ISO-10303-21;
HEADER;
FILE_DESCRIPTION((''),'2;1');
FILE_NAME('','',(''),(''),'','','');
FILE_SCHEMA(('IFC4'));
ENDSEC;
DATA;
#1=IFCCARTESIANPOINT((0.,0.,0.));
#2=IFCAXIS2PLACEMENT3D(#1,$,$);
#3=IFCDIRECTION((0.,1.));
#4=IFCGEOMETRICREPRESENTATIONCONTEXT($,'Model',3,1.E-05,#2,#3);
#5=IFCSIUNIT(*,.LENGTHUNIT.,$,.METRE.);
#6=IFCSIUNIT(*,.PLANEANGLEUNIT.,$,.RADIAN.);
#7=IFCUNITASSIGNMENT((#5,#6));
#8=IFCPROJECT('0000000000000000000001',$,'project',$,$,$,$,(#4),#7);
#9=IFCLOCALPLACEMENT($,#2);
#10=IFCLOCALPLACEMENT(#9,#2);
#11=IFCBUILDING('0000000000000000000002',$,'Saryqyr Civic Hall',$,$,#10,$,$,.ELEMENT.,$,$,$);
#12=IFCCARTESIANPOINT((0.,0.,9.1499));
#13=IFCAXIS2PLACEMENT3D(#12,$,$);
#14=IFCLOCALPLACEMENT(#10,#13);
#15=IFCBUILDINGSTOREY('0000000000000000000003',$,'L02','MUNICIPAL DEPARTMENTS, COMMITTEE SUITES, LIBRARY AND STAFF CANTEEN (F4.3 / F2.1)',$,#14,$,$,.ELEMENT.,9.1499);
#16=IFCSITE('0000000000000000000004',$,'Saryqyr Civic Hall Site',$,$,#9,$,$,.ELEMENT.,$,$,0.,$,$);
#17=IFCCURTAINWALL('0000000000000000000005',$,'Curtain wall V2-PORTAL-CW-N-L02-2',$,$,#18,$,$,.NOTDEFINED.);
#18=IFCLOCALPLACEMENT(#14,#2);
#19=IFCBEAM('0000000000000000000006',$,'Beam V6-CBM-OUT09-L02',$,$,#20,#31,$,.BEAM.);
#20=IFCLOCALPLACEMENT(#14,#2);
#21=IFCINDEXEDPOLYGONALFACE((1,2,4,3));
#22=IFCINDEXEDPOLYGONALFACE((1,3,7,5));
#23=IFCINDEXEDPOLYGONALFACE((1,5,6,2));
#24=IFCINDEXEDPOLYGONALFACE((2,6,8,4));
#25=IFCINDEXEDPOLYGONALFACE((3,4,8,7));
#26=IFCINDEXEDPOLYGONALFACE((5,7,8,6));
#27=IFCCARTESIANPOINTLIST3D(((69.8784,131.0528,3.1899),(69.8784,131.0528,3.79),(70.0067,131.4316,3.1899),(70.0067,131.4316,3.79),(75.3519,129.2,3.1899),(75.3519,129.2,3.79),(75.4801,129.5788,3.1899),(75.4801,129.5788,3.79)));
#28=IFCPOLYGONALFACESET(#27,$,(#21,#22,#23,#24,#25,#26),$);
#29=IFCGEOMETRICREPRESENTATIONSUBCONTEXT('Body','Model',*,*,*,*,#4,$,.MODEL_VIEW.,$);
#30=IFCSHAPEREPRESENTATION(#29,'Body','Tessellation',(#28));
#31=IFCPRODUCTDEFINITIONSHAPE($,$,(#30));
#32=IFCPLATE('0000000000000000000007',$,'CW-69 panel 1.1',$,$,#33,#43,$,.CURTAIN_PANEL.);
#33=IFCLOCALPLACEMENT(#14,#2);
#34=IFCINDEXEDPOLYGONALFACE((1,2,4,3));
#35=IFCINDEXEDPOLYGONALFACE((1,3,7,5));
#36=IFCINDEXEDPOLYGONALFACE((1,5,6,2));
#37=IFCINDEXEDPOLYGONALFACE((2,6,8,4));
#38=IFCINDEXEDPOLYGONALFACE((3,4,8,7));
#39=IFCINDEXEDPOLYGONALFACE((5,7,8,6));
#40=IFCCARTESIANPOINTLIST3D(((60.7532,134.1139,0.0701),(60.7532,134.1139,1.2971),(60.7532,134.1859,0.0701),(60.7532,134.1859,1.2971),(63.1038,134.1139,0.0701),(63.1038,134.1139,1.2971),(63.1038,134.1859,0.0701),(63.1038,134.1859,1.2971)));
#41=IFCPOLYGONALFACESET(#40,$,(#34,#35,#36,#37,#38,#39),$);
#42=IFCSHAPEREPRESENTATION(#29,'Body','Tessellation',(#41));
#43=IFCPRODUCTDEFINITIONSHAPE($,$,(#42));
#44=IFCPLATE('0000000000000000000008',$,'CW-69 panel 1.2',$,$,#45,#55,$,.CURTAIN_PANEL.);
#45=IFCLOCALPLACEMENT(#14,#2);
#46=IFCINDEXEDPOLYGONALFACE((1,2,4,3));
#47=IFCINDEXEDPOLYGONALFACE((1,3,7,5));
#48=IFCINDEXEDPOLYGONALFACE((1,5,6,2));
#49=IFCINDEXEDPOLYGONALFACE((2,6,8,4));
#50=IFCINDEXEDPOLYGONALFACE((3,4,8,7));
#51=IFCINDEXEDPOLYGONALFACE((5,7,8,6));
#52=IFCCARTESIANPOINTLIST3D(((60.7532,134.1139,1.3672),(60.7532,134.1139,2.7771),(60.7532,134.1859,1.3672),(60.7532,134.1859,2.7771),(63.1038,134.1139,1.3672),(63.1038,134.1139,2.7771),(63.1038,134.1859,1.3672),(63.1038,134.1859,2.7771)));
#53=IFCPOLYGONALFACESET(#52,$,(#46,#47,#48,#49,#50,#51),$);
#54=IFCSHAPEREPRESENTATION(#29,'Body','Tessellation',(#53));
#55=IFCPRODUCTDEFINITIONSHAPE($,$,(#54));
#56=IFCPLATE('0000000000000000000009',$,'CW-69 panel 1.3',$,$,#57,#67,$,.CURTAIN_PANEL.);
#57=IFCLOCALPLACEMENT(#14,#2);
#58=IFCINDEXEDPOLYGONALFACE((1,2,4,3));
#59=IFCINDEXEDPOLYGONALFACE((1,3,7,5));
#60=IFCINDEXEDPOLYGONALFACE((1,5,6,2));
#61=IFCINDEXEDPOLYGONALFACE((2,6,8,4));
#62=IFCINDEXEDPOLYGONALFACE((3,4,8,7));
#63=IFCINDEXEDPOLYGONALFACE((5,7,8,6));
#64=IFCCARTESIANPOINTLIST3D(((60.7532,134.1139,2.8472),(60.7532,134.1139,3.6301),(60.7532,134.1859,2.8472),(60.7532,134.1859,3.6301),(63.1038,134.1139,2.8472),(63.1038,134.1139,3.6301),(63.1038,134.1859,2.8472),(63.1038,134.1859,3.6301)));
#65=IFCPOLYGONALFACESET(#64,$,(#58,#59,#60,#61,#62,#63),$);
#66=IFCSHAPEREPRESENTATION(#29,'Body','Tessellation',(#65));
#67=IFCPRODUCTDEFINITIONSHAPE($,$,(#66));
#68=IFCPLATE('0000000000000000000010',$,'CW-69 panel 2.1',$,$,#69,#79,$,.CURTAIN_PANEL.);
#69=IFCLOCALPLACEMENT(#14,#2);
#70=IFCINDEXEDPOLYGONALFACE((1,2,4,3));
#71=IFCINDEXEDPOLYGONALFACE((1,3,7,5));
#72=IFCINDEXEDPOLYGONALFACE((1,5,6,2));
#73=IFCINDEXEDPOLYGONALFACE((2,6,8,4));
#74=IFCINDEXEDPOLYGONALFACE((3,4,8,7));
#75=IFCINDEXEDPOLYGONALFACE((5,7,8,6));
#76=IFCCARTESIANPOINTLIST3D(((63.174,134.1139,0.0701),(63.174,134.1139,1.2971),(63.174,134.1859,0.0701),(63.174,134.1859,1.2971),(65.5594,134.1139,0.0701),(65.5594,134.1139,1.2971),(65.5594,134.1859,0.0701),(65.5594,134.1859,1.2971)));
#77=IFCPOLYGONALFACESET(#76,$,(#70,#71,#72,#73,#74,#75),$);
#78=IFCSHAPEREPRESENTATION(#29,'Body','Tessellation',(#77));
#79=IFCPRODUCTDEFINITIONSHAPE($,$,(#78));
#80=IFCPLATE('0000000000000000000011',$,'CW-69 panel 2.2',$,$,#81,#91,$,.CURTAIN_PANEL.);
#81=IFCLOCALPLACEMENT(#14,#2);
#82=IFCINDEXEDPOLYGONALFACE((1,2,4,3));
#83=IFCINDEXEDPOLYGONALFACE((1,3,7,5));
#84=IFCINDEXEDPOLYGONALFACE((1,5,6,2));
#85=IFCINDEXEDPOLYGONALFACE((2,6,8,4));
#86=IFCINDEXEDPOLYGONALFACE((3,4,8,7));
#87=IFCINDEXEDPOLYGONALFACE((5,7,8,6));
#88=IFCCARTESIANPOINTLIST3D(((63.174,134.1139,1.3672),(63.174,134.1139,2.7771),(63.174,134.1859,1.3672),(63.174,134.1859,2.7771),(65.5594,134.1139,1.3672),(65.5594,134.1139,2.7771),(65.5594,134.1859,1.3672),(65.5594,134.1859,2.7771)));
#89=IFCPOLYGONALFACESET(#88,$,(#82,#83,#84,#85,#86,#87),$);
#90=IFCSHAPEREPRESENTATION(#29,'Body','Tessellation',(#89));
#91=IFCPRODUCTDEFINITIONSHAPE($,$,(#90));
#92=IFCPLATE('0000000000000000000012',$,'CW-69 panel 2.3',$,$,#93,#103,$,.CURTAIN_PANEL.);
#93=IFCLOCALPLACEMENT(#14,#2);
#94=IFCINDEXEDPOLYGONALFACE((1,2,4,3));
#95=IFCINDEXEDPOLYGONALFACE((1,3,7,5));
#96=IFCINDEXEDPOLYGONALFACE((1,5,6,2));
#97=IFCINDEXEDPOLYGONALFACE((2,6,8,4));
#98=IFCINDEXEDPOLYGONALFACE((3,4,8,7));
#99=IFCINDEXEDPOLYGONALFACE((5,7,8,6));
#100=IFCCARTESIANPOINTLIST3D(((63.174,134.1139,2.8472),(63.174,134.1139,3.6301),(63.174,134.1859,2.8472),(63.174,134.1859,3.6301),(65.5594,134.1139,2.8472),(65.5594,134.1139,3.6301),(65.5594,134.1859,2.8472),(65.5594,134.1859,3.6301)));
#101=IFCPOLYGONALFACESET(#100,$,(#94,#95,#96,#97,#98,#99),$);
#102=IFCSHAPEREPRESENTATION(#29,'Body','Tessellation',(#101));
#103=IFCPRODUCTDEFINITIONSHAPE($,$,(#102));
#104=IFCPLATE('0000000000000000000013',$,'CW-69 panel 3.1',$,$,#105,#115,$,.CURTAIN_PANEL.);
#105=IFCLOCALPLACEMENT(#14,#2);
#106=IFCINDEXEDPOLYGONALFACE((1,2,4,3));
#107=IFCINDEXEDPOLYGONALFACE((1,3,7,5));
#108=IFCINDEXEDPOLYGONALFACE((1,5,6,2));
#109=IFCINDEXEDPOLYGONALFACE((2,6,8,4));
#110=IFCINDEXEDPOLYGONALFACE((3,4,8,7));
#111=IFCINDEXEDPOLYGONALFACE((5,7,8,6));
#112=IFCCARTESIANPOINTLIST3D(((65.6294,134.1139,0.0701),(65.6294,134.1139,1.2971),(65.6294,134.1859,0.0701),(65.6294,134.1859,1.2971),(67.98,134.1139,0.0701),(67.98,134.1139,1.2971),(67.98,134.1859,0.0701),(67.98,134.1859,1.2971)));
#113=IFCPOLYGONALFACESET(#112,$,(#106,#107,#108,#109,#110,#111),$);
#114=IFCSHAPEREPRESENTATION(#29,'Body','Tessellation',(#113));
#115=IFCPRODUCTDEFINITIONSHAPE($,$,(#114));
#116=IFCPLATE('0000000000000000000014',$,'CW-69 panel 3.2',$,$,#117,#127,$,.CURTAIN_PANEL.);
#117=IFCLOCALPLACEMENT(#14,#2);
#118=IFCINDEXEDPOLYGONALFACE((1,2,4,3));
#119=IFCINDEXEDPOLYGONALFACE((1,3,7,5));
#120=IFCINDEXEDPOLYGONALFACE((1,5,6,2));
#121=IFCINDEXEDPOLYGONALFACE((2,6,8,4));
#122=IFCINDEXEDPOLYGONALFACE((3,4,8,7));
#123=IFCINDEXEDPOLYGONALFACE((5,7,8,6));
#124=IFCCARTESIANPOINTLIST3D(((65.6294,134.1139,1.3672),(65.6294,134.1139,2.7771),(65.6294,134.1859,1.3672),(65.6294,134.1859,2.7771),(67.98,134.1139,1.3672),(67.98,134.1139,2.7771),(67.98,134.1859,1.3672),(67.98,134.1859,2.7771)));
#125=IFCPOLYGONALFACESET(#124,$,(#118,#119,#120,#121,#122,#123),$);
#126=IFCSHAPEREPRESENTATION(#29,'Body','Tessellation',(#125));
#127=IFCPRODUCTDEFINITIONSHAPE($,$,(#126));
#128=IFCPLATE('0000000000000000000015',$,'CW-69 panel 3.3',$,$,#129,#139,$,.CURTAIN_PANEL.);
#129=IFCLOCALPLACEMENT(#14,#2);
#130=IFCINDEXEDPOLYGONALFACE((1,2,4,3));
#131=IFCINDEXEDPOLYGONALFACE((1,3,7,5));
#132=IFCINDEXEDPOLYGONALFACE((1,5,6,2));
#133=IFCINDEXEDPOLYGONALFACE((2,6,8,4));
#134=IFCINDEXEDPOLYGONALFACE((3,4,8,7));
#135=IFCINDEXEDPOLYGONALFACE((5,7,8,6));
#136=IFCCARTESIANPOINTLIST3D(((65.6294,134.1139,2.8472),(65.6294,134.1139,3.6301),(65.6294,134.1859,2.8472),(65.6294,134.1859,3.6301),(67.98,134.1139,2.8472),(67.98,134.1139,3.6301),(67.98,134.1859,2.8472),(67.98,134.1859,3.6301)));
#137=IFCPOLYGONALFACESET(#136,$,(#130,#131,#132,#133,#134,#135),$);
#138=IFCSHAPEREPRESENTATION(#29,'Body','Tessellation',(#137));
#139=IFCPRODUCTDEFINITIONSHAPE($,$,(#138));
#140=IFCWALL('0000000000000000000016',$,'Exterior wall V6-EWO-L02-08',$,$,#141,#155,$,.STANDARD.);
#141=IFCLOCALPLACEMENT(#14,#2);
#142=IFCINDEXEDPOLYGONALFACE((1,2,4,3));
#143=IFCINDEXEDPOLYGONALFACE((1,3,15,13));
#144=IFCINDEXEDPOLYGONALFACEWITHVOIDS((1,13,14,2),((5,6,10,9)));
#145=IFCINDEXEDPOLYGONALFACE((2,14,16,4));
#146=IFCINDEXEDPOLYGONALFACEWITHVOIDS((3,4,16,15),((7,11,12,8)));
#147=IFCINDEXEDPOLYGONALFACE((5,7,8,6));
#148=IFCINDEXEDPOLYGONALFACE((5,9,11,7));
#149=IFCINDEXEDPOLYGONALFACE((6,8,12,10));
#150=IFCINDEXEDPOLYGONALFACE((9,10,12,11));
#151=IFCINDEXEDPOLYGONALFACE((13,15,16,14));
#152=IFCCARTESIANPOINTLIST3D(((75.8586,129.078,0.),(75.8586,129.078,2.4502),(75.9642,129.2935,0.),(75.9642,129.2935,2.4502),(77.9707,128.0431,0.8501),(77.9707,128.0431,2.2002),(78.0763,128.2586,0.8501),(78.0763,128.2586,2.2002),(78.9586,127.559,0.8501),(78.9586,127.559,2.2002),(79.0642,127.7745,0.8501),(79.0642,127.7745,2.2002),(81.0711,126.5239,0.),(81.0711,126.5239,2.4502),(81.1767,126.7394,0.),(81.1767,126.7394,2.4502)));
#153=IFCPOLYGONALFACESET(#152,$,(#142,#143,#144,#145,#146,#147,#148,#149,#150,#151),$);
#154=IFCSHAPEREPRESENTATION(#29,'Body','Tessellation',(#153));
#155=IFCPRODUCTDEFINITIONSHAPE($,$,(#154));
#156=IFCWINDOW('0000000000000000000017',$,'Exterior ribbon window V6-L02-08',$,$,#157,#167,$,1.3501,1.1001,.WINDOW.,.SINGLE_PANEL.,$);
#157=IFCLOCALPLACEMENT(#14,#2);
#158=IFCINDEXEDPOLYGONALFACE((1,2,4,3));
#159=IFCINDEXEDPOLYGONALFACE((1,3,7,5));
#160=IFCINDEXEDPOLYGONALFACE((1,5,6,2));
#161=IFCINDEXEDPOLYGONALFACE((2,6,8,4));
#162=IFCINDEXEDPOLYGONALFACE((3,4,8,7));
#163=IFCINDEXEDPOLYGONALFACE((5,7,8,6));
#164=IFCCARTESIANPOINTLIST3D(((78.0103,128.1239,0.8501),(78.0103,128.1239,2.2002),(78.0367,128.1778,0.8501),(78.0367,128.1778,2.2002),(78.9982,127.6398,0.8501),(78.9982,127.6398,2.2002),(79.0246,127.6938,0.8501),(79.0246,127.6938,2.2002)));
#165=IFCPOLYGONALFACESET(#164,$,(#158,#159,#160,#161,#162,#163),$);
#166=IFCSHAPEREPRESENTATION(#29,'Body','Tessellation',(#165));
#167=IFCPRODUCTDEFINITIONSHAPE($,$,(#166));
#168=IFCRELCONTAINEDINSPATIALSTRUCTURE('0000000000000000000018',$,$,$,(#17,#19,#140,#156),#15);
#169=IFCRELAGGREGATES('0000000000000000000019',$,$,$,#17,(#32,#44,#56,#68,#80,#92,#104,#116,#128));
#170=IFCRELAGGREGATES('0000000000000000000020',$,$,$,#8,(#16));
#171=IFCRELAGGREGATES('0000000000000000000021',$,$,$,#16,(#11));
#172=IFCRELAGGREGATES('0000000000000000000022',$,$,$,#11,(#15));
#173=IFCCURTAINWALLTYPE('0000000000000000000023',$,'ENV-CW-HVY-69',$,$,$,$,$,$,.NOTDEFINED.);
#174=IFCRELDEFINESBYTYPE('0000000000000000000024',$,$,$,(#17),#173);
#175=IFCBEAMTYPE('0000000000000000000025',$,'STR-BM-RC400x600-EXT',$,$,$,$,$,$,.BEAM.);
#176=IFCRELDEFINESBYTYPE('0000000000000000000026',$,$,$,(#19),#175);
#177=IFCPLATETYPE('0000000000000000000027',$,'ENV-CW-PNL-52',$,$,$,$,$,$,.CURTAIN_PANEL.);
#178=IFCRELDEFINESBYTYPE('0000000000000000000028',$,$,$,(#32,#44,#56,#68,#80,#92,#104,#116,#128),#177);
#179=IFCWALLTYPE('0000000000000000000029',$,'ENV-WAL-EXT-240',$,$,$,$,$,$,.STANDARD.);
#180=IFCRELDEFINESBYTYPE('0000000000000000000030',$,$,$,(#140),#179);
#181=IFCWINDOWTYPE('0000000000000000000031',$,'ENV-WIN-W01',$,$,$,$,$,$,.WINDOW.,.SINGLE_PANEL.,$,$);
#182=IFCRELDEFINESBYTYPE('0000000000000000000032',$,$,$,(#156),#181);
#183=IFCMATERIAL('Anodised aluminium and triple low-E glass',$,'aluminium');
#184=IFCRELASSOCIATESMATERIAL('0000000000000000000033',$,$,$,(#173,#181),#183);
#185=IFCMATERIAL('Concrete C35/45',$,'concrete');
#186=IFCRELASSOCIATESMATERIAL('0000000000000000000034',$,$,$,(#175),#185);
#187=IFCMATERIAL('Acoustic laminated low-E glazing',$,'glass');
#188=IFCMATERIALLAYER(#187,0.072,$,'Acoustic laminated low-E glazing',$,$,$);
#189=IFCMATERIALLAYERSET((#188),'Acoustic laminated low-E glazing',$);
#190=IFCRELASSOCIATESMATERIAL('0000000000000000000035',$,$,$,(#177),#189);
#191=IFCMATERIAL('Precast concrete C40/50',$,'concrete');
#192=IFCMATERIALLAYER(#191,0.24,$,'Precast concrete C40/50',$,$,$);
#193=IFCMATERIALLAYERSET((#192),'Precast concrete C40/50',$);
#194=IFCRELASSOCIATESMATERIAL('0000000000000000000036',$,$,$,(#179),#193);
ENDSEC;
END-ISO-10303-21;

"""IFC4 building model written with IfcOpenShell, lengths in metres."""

from ifc_helpers import new_model, si_unit, direction, frame, frame_2d, origin, origin_2d, place, context, subcontext, project, spatial, rectangle, extrude, material, layer, layer_set, material_profile, profile_set, type_object, element, fill, aggregate, save


model = new_model("IFC4")

# Units and contexts
model_context = context("Model", 3, precision=1e-05, world=origin(), true_north=direction((0.0, 1.0)))
body_context = subcontext(model_context, "Body", "Model", "MODEL_VIEW")
ifc_project = project(units=[si_unit("LENGTHUNIT", "METRE"), si_unit("PLANEANGLEUNIT", "RADIAN")], contexts=[model_context])

# Site, building, storey
site_placement = place(None, origin())
site = spatial("IfcSite", under=ifc_project, at=site_placement, Name="Saryqyr Civic Hall Site", CompositionType="ELEMENT", RefElevation=0.0)
building_placement = place(site_placement, origin())
building = spatial("IfcBuilding", under=site, at=building_placement, Name="Saryqyr Civic Hall", CompositionType="ELEMENT")
storey_placement = place(building_placement, frame((0.0, 0.0, 9.1499)))
storey = spatial("IfcBuildingStorey", under=building, at=storey_placement, Name="L02", Description="MUNICIPAL DEPARTMENTS, COMMITTEE SUITES, LIBRARY AND STAFF CANTEEN (F4.3 / F2.1)", CompositionType="ELEMENT", Elevation=9.1499)

# Curtain wall
ifc_material_1 = material(Name="Anodised aluminium and triple low-E glass", Category="aluminium")
curtain_wall_type = type_object("IfcCurtainWallType", Name="ENV-CW-HVY-69", PredefinedType="NOTDEFINED", material=ifc_material_1)
curtain_wall_placement = place(storey_placement, origin())
curtain_wall = element("IfcCurtainWall", 1, at=curtain_wall_placement, inside=storey, type_object=curtain_wall_type, Name="Curtain wall V2-PORTAL-CW-N-L02-2", PredefinedType="NOTDEFINED")

# Beam
ifc_material_2 = material(Name="Concrete C35/45", Category="concrete")
ifc_material_profile_1 = material_profile(ifc_material_2, rectangle(XDim=0.3999, YDim=0.6001, at=origin_2d()), Name="RC 400x600")
ifc_profile_set_1 = profile_set([ifc_material_profile_1], Name="Concrete C35/45")
beam_type = type_object("IfcBeamType", Name="STR-BM-RC400x600-EXT", PredefinedType="BEAM", material=ifc_profile_set_1)
beam_placement = place(storey_placement, frame((75.416, 129.3894, 3.49), z_axis=(-0.947203, 0.320635, 0.0), x_axis=(-0.320635, -0.947203, 0.0)))
element("IfcBeam", 2, at=beam_placement, inside=storey, type_object=beam_type, Name="Beam V6-CBM-OUT09-L02", PredefinedType="BEAM", context=body_context, shape_type="SweptSolid", body=[
    extrude(rectangle(XDim=0.3999, YDim=0.6001, at=origin_2d()), origin(), (0.0, 0.0, 1.0), 5.7786),
])

# Plates
ifc_material_3 = material(Name="Acoustic laminated low-E glazing", Category="glass")
ifc_layer_1 = layer(ifc_material_3, 0.072, Name="Acoustic laminated low-E glazing")
ifc_layer_set_1 = layer_set([ifc_layer_1], Name="Acoustic laminated low-E glazing")
plate_type = type_object("IfcPlateType", Name="ENV-CW-PNL-52", PredefinedType="CURTAIN_PANEL", material=ifc_layer_set_1)
plate_1_placement = place(storey_placement, frame((61.9285, 134.1499, 0.0701), z_axis=(0.0, 0.0, 1.0), x_axis=(1.0, 0.0, 0.0)))
plate_1 = element("IfcPlate", 3, at=plate_1_placement, type_object=plate_type, Name="CW-69 panel 1.1", PredefinedType="CURTAIN_PANEL", context=body_context, shape_type="SweptSolid", body=[
    extrude(rectangle(XDim=2.3506, YDim=0.072, at=origin_2d()), origin(), (0.0, 0.0, 1.0), 1.2271),
])
plate_2_placement = place(storey_placement, frame((61.9285, 134.1499, 1.3672), z_axis=(0.0, 0.0, 1.0), x_axis=(1.0, 0.0, 0.0)))
plate_2 = element("IfcPlate", 4, at=plate_2_placement, type_object=plate_type, Name="CW-69 panel 1.2", PredefinedType="CURTAIN_PANEL", context=body_context, shape_type="SweptSolid", body=[
    extrude(rectangle(XDim=2.3506, YDim=0.072, at=origin_2d()), origin(), (0.0, 0.0, 1.0), 1.4099),
])
plate_3_placement = place(storey_placement, frame((61.9285, 134.1499, 2.8472), z_axis=(0.0, 0.0, 1.0), x_axis=(1.0, 0.0, 0.0)))
plate_3 = element("IfcPlate", 5, at=plate_3_placement, type_object=plate_type, Name="CW-69 panel 1.3", PredefinedType="CURTAIN_PANEL", context=body_context, shape_type="SweptSolid", body=[
    extrude(rectangle(XDim=2.3506, YDim=0.072, at=origin_2d()), origin(), (0.0, 0.0, 1.0), 0.783),
])
plate_4_placement = place(storey_placement, frame((64.3667, 134.1499, 0.0701), z_axis=(0.0, 0.0, 1.0), x_axis=(1.0, 0.0, 0.0)))
plate_4 = element("IfcPlate", 6, at=plate_4_placement, type_object=plate_type, Name="CW-69 panel 2.1", PredefinedType="CURTAIN_PANEL", context=body_context, shape_type="SweptSolid", body=[
    extrude(rectangle(XDim=2.3855, YDim=0.072, at=origin_2d()), origin(), (0.0, 0.0, 1.0), 1.2271),
])
plate_5_placement = place(storey_placement, frame((64.3667, 134.1499, 1.3672), z_axis=(0.0, 0.0, 1.0), x_axis=(1.0, 0.0, 0.0)))
plate_5 = element("IfcPlate", 7, at=plate_5_placement, type_object=plate_type, Name="CW-69 panel 2.2", PredefinedType="CURTAIN_PANEL", context=body_context, shape_type="SweptSolid", body=[
    extrude(rectangle(XDim=2.3855, YDim=0.072, at=origin_2d()), origin(), (0.0, 0.0, 1.0), 1.4099),
])
plate_6_placement = place(storey_placement, frame((64.3667, 134.1499, 2.8472), z_axis=(0.0, 0.0, 1.0), x_axis=(1.0, 0.0, 0.0)))
plate_6 = element("IfcPlate", 8, at=plate_6_placement, type_object=plate_type, Name="CW-69 panel 2.3", PredefinedType="CURTAIN_PANEL", context=body_context, shape_type="SweptSolid", body=[
    extrude(rectangle(XDim=2.3855, YDim=0.072, at=origin_2d()), origin(), (0.0, 0.0, 1.0), 0.783),
])
plate_7_placement = place(storey_placement, frame((66.8047, 134.1499, 0.0701), z_axis=(0.0, 0.0, 1.0), x_axis=(1.0, 0.0, 0.0)))
plate_7 = element("IfcPlate", 9, at=plate_7_placement, type_object=plate_type, Name="CW-69 panel 3.1", PredefinedType="CURTAIN_PANEL", context=body_context, shape_type="SweptSolid", body=[
    extrude(rectangle(XDim=2.3506, YDim=0.072, at=origin_2d()), origin(), (0.0, 0.0, 1.0), 1.2271),
])
plate_8_placement = place(storey_placement, frame((66.8047, 134.1499, 1.3672), z_axis=(0.0, 0.0, 1.0), x_axis=(1.0, 0.0, 0.0)))
plate_8 = element("IfcPlate", 10, at=plate_8_placement, type_object=plate_type, Name="CW-69 panel 3.2", PredefinedType="CURTAIN_PANEL", context=body_context, shape_type="SweptSolid", body=[
    extrude(rectangle(XDim=2.3506, YDim=0.072, at=origin_2d()), origin(), (0.0, 0.0, 1.0), 1.4099),
])
plate_9_placement = place(storey_placement, frame((66.8047, 134.1499, 2.8472), z_axis=(0.0, 0.0, 1.0), x_axis=(1.0, 0.0, 0.0)))
plate_9 = element("IfcPlate", 11, at=plate_9_placement, type_object=plate_type, Name="CW-69 panel 3.3", PredefinedType="CURTAIN_PANEL", context=body_context, shape_type="SweptSolid", body=[
    extrude(rectangle(XDim=2.3506, YDim=0.072, at=origin_2d()), origin(), (0.0, 0.0, 1.0), 0.783),
])
aggregate(curtain_wall, [plate_1, plate_2, plate_3, plate_4, plate_5, plate_6, plate_7, plate_8, plate_9])

# Wall, opening, window
ifc_material_4 = material(Name="Precast concrete C40/50", Category="concrete")
ifc_layer_2 = layer(ifc_material_4, 0.24, Name="Precast concrete C40/50")
ifc_layer_set_2 = layer_set([ifc_layer_2], Name="Precast concrete C40/50")
wall_type = type_object("IfcWallType", Name="ENV-WAL-EXT-240", PredefinedType="STANDARD", material=ifc_layer_set_2)
wall_1_placement = place(storey_placement, frame((75.9114, 129.1858, 0.0), z_axis=(0.0, 0.0, 1.0), x_axis=(0.89799, -0.440016, 0.0)))
wall_1 = element("IfcWall", 12, at=wall_1_placement, inside=storey, type_object=wall_type, Name="Exterior wall V6-EWO-L02-08", PredefinedType="STANDARD", context=body_context, shape_type="SweptSolid", body=[
    extrude(rectangle(XDim=5.8047, YDim=0.24, at=frame_2d((2.9023, 0.0))), origin(), (0.0, 0.0, 1.0), 2.4502),
])
opening_1_placement = place(wall_1_placement, frame((2.3521, 0.0, 0.8501)))
opening_1 = element("IfcOpeningElement", 13, at=opening_1_placement, cuts=wall_1, PredefinedType="OPENING", context=body_context, shape_type="SweptSolid", body=[
    extrude(rectangle(XDim=1.1001, YDim=1.3501, at=frame_2d((0.55, 0.675))), frame((0.0, 0.1299, 0.0), z_axis=(0.0, -1.0, 0.0), x_axis=(1.0, 0.0, 0.0)), (0.0, 0.0, 1.0), 0.26),
])
window_type = type_object("IfcWindowType", Name="ENV-WIN-W01", PartitioningType="SINGLE_PANEL", PredefinedType="WINDOW", material=ifc_material_1)
window_1_placement = place(opening_1_placement, origin())
window_1 = element("IfcWindow", 14, at=window_1_placement, inside=storey, type_object=window_type, Name="Exterior ribbon window V6-L02-08", OverallHeight=1.3501, OverallWidth=1.1001, PartitioningType="SINGLE_PANEL", PredefinedType="WINDOW", context=body_context, shape_type="SweptSolid", body=[
    extrude(rectangle(XDim=1.1001, YDim=1.3501, at=frame_2d((0.55, 0.675))), frame((0.0, 0.03, 0.0), z_axis=(0.0, -1.0, 0.0), x_axis=(1.0, 0.0, 0.0)), (0.0, 0.0, 1.0), 0.0601),
])
fill(opening_1, window_1)

save(model, "model.ifc")
